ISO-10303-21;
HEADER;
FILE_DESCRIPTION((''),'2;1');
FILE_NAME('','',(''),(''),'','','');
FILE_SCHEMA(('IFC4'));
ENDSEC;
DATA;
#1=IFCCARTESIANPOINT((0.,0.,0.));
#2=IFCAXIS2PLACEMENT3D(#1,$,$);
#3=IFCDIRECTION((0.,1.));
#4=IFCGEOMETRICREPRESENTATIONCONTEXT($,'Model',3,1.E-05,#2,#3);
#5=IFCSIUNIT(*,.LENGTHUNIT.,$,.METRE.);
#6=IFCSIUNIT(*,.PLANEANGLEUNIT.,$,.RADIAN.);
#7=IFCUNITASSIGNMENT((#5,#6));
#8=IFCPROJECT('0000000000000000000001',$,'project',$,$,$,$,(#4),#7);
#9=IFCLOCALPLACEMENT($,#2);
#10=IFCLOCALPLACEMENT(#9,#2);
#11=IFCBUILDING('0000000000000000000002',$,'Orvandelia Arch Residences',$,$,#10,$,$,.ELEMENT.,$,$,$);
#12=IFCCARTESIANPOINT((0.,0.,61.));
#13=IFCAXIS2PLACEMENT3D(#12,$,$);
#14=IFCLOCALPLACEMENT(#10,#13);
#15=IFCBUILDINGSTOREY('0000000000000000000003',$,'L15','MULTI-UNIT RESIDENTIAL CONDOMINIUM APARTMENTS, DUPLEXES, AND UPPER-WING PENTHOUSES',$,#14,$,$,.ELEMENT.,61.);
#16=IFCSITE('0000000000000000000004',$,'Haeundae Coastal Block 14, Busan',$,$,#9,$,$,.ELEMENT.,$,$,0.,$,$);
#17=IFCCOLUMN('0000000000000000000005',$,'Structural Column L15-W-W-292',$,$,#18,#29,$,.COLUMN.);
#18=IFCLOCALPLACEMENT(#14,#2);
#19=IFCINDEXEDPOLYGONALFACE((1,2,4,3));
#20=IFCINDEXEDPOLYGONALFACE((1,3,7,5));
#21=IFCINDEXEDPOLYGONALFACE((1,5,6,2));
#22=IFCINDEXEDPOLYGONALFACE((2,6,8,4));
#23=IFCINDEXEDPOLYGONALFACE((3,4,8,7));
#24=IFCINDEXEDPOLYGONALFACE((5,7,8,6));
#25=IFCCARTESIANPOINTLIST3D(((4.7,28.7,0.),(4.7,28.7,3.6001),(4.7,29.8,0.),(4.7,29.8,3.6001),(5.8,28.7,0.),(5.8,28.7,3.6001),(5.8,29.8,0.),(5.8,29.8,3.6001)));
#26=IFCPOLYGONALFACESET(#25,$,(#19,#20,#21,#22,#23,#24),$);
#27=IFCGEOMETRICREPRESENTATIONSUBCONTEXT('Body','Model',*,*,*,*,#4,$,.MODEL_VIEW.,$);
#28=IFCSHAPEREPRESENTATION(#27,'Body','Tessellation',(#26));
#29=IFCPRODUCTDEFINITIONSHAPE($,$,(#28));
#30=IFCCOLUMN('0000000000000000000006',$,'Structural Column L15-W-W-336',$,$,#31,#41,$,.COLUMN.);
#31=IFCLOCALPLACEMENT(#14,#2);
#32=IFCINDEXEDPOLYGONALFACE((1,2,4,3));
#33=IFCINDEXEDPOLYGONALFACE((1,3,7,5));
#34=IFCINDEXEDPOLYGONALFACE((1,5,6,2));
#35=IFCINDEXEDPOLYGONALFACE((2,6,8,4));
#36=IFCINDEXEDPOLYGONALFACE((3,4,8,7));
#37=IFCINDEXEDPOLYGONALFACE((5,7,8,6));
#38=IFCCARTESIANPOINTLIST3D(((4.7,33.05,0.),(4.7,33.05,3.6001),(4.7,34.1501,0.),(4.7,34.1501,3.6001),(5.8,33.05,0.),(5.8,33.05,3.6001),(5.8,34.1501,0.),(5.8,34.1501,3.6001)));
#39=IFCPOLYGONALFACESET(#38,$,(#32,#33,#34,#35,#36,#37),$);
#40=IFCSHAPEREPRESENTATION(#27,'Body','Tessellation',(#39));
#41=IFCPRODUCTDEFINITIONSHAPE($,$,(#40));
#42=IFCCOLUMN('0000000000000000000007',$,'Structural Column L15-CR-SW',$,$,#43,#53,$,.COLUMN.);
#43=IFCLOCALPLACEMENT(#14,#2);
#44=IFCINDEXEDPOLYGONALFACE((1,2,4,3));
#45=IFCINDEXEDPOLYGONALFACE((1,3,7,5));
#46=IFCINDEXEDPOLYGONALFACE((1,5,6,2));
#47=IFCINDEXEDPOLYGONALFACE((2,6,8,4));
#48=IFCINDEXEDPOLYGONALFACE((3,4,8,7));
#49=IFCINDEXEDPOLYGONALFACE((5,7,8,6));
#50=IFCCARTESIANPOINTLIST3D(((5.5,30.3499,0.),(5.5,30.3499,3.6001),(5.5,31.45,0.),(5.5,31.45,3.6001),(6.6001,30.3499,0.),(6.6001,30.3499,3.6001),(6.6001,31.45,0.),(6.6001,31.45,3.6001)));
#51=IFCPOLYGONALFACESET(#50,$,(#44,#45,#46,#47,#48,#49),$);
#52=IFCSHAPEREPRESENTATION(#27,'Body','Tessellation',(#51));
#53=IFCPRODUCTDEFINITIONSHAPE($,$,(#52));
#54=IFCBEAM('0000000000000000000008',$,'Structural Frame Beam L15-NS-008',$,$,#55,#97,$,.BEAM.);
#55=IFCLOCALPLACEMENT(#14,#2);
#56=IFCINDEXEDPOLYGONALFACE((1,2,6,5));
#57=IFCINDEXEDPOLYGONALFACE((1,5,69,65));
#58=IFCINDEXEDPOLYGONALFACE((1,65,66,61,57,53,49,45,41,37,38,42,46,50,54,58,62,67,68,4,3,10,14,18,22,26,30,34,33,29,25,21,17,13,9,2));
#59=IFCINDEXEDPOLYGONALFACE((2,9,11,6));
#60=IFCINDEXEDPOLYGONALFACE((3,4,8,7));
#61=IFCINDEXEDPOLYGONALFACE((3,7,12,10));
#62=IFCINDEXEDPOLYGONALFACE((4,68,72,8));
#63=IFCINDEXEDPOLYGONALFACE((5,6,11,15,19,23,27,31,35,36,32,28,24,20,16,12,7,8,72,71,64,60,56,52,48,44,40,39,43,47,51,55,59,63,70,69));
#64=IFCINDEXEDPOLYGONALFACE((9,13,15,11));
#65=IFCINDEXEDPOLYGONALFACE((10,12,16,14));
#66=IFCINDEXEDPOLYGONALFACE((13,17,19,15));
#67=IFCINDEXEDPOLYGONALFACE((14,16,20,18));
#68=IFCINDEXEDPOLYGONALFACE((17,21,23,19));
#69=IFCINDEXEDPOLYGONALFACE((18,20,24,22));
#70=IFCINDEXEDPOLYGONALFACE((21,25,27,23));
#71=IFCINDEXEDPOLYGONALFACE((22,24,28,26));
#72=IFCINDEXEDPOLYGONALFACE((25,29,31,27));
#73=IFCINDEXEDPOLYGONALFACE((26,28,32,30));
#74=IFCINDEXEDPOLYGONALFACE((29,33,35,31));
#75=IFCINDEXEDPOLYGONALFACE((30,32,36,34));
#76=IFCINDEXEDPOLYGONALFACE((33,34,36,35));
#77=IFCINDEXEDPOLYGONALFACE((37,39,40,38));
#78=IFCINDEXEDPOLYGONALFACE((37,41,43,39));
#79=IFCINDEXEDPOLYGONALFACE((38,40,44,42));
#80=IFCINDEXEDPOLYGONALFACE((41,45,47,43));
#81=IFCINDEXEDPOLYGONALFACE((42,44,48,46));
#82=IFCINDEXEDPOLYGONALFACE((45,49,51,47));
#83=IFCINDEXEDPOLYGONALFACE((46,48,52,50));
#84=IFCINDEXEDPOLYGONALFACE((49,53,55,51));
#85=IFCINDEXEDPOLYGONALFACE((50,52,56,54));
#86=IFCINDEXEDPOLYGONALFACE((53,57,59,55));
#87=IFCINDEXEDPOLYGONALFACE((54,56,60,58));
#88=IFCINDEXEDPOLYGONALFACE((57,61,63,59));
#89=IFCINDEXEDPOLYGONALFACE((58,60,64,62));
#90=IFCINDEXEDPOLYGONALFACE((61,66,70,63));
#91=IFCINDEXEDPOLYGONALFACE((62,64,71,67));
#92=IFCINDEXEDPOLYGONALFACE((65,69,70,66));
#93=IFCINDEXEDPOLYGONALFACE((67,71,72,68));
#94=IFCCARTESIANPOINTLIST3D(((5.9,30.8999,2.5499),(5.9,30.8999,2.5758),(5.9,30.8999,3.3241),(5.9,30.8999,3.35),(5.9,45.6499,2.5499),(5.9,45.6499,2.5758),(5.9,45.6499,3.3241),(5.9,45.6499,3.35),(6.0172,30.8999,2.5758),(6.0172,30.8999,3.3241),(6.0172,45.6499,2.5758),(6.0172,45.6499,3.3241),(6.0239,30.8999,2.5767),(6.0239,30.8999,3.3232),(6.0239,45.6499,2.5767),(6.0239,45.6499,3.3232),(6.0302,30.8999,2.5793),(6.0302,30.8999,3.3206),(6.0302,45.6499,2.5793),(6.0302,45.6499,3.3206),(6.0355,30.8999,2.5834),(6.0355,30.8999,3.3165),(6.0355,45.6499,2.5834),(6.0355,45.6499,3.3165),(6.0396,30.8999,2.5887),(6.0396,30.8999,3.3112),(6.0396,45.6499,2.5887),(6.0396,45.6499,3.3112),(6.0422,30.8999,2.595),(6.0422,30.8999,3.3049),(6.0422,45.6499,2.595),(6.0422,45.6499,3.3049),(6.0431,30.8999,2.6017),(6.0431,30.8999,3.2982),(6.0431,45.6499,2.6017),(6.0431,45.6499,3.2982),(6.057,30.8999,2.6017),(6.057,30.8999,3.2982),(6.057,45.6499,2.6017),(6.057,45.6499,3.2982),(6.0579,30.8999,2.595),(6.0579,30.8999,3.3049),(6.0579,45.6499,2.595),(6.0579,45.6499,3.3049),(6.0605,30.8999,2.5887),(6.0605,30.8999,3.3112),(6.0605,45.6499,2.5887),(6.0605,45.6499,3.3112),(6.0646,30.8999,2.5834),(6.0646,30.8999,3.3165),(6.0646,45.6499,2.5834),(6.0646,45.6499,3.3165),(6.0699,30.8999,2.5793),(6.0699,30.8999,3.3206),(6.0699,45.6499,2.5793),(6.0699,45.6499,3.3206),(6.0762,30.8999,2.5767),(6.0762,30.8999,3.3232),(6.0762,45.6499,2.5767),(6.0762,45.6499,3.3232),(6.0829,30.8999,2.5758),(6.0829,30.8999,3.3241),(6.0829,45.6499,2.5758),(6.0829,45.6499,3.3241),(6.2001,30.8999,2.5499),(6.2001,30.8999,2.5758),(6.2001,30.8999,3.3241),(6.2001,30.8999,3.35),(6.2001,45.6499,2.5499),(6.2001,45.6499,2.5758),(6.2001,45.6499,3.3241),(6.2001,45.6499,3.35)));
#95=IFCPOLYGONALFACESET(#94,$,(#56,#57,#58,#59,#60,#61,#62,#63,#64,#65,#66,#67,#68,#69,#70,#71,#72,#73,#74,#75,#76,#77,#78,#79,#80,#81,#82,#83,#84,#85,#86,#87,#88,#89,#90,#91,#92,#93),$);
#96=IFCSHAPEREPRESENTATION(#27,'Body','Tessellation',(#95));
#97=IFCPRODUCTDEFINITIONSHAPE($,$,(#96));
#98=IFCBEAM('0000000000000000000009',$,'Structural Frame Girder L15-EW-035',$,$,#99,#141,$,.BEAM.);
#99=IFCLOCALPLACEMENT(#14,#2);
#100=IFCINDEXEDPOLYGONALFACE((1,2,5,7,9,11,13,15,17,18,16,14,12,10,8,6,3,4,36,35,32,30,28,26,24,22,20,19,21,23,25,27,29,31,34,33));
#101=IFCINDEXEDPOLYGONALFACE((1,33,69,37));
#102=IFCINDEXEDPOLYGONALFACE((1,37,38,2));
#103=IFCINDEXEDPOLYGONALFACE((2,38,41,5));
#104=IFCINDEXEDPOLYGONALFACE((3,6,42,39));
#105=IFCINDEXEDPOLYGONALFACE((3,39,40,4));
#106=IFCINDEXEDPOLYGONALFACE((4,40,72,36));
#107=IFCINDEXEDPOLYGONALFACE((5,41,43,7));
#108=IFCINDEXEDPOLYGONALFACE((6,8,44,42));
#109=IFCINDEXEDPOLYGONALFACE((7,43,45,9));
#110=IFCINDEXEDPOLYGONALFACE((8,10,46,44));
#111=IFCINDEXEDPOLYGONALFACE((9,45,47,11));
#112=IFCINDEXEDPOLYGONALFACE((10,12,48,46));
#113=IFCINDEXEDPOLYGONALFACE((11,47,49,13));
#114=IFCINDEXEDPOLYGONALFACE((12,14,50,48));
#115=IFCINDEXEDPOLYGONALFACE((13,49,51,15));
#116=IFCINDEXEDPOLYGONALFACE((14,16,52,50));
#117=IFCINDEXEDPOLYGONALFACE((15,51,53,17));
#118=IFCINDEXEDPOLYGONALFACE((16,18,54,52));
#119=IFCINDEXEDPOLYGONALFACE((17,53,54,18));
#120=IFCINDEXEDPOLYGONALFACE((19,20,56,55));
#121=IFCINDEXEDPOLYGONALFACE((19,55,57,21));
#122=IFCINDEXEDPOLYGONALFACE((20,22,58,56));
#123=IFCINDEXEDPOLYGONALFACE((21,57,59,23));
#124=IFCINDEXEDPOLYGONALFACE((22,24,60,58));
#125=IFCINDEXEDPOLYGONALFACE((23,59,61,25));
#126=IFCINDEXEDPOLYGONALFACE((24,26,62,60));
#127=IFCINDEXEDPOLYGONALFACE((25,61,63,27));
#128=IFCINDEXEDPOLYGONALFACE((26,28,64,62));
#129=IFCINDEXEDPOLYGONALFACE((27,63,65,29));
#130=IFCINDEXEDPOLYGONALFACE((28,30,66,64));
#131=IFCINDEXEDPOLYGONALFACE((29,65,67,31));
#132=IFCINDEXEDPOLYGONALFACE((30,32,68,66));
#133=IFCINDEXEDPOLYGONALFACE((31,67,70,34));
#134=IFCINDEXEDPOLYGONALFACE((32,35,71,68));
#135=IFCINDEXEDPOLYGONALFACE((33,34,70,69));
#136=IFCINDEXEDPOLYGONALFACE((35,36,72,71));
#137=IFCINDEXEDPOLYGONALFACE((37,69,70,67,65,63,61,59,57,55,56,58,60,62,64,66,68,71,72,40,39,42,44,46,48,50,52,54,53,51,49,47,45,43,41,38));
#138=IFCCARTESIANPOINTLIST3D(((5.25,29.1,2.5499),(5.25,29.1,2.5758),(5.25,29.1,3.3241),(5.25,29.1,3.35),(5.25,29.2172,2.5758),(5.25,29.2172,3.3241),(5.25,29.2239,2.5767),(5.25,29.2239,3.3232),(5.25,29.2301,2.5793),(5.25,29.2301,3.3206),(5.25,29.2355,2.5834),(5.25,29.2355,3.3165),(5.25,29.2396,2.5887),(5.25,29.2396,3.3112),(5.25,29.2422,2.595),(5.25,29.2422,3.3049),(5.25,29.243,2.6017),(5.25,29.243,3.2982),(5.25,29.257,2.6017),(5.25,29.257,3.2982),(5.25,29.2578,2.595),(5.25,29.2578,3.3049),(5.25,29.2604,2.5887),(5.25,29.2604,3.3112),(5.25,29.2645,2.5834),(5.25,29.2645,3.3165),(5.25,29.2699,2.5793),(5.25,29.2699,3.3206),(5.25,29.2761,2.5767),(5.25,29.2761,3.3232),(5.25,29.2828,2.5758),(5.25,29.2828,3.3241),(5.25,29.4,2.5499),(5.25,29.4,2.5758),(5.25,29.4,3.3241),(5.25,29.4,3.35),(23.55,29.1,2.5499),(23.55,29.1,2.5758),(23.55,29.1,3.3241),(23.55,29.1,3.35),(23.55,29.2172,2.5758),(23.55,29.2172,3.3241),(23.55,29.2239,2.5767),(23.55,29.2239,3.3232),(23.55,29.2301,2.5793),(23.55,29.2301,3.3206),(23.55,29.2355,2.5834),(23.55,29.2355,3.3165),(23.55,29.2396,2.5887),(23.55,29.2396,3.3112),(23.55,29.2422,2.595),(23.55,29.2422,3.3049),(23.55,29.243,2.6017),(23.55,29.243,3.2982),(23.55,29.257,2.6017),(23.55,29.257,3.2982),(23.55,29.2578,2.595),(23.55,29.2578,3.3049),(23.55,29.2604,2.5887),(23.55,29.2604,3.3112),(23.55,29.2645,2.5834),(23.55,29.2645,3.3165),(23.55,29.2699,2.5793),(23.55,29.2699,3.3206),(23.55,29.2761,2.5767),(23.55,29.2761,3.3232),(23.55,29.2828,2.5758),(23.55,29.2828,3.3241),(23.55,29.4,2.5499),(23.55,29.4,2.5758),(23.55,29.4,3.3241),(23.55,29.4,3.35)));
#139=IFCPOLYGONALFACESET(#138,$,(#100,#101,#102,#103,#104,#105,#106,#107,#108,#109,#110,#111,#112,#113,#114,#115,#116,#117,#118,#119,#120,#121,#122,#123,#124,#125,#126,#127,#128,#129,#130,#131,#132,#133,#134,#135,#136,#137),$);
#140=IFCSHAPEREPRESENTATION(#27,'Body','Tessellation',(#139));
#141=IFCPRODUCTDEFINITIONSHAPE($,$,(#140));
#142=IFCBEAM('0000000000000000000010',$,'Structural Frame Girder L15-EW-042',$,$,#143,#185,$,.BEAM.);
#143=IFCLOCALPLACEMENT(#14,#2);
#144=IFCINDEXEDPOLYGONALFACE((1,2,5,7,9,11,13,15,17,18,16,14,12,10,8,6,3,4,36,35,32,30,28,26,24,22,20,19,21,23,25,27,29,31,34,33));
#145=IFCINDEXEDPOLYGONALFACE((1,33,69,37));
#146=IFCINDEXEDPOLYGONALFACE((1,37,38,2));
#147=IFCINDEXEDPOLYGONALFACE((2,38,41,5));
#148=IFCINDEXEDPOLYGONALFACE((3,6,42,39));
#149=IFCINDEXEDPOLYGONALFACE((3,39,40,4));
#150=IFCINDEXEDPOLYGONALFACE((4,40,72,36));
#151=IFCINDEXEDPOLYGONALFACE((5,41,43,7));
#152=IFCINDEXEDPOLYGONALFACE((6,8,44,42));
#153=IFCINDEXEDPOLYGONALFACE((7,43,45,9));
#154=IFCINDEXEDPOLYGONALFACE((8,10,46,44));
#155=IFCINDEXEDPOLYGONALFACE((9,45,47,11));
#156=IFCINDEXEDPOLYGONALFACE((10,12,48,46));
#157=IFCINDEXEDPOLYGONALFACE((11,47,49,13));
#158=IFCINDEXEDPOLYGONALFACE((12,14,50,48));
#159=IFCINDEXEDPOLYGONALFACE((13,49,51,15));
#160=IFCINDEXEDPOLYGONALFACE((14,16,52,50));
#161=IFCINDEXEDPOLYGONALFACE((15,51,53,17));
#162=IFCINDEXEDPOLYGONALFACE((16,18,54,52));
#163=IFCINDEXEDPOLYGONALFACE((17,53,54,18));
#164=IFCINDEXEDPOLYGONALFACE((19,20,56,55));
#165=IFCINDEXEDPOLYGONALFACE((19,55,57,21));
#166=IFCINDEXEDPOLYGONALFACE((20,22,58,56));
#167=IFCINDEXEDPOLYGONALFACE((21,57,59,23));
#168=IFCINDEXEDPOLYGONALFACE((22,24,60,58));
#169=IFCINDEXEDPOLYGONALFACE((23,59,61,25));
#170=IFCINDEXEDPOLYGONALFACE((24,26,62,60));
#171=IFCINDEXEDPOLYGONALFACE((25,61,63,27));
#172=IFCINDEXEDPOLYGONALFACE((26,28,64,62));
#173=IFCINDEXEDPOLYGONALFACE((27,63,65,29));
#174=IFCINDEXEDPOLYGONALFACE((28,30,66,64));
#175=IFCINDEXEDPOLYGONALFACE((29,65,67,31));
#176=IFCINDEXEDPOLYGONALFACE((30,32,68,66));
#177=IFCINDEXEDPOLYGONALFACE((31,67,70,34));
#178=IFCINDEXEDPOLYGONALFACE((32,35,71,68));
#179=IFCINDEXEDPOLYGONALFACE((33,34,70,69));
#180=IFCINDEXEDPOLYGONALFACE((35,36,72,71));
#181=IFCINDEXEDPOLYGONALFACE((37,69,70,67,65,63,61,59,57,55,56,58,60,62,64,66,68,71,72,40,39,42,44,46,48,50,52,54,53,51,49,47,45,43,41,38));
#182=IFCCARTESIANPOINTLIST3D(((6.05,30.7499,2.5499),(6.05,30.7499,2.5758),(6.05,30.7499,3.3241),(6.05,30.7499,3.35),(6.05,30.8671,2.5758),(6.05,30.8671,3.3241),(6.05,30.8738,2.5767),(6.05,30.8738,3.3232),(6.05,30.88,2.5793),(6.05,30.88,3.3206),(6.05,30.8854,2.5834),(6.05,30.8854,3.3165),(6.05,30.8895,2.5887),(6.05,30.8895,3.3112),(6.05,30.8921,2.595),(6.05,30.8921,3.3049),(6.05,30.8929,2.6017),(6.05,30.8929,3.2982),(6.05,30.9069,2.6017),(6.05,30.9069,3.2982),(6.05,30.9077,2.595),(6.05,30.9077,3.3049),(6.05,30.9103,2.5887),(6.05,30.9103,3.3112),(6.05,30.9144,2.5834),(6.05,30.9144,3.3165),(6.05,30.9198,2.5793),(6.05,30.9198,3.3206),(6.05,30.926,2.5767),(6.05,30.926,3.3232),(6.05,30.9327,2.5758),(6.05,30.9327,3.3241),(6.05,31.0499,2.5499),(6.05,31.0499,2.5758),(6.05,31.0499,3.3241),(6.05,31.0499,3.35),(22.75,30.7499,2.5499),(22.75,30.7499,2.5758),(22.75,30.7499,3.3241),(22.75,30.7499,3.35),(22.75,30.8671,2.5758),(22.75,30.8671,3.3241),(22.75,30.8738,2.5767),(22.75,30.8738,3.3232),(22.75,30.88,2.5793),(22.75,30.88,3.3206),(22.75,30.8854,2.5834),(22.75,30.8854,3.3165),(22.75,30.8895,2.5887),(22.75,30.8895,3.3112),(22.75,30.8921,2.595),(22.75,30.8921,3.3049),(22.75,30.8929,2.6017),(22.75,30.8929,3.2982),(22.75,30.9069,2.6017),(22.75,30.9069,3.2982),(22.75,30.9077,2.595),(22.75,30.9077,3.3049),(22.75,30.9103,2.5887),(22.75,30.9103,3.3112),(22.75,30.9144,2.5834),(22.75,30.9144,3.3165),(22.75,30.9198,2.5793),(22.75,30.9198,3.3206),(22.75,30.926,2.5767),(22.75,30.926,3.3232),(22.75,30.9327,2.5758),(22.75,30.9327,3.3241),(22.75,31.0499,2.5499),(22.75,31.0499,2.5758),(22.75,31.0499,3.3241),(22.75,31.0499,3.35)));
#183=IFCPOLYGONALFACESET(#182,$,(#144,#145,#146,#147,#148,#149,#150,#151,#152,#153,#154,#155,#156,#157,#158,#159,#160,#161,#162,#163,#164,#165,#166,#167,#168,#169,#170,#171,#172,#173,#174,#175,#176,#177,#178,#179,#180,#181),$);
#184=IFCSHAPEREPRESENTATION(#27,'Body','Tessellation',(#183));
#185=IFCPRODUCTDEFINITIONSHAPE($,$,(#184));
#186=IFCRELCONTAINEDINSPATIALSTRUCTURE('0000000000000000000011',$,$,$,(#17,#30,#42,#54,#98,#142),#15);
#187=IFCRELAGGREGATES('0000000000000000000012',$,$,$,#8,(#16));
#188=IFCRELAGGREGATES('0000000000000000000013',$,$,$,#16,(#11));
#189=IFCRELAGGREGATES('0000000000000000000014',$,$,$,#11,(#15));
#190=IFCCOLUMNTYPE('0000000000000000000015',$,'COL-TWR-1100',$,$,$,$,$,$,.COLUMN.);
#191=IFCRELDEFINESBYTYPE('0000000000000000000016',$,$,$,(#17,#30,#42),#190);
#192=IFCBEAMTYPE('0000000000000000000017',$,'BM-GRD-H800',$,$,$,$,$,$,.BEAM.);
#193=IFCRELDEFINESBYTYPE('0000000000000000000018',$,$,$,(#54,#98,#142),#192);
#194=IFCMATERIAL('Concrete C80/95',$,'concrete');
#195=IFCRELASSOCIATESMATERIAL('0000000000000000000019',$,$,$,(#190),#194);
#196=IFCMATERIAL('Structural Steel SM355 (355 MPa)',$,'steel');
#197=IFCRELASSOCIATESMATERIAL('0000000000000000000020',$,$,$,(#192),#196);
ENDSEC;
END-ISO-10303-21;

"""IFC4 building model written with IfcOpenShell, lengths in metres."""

from ifc_helpers import new_model, si_unit, direction, frame, origin, origin_2d, place, context, subcontext, project, spatial, rectangle, i_section, extrude, material, material_profile, profile_set, type_object, element, save


model = new_model("IFC4")

# Units and contexts
model_context = context("Model", 3, precision=1e-05, world=origin(), true_north=direction((0.0, 1.0)))
body_context = subcontext(model_context, "Body", "Model", "MODEL_VIEW")
ifc_project = project(units=[si_unit("LENGTHUNIT", "METRE"), si_unit("PLANEANGLEUNIT", "RADIAN")], contexts=[model_context])

# Site, building, storey
site_placement = place(None, origin())
site = spatial("IfcSite", under=ifc_project, at=site_placement, Name="Haeundae Coastal Block 14, Busan", CompositionType="ELEMENT", RefElevation=0.0)
building_placement = place(site_placement, origin())
building = spatial("IfcBuilding", under=site, at=building_placement, Name="Orvandelia Arch Residences", CompositionType="ELEMENT")
storey_placement = place(building_placement, frame((0.0, 0.0, 61.0)))
storey = spatial("IfcBuildingStorey", under=building, at=storey_placement, Name="L15", Description="MULTI-UNIT RESIDENTIAL CONDOMINIUM APARTMENTS, DUPLEXES, AND UPPER-WING PENTHOUSES", CompositionType="ELEMENT", Elevation=61.0)

# Columns
ifc_material_1 = material(Name="Concrete C80/95", Category="concrete")
ifc_material_profile_1 = material_profile(ifc_material_1, rectangle(XDim=1.1001, YDim=1.1001, at=origin_2d()), Name="Concrete C80/95", Category="concrete")
ifc_profile_set_1 = profile_set([ifc_material_profile_1], Name="Concrete C80/95")
column_type = type_object("IfcColumnType", Name="COL-TWR-1100", PredefinedType="COLUMN", material=ifc_profile_set_1)
for number, where, z_axis, x_axis, name in (
    (1, (5.25, 29.25, 0.0), (0.0, 0.0, 1.0), (1.0, 0.0, 0.0), "Structural Column L15-W-W-292"),
    (2, (5.25, 33.6001, 0.0), (0.0, 0.0, 1.0), (1.0, 0.0, 0.0), "Structural Column L15-W-W-336"),
    (3, (6.05, 30.8999, 0.0), (0.0, 0.0, 1.0), (1.0, 0.0, 0.0), "Structural Column L15-CR-SW"),
):
    element("IfcColumn", number, at=place(storey_placement, frame(where, z_axis=z_axis, x_axis=x_axis)), inside=storey, type_object=column_type, Name=name, PredefinedType="COLUMN", context=body_context, shape_type="SweptSolid", body=[
        extrude(rectangle(XDim=1.1001, YDim=1.1001, at=origin_2d()), origin(), (0.0, 0.0, 1.0), 3.6001),
    ])

# Beams
ifc_material_2 = material(Name="Structural Steel SM355 (355 MPa)", Category="steel")
ifc_material_profile_2 = material_profile(ifc_material_2, i_section(OverallWidth=0.3, OverallDepth=0.8, WebThickness=0.0139, FlangeThickness=0.0259, FilletRadius=0.0259, at=origin_2d()), Name="Structural Steel SM355 (355 MPa)", Category="steel")
ifc_profile_set_2 = profile_set([ifc_material_profile_2], Name="Structural Steel SM355 (355 MPa)")
beam_type_1 = type_object("IfcBeamType", Name="BM-GRD-H800", PredefinedType="BEAM", material=ifc_profile_set_2)
beam_1_placement = place(storey_placement, frame((6.05, 30.8999, 2.95), z_axis=(0.0, 1.0, 0.0), x_axis=(-1.0, 0.0, 0.0)))
element("IfcBeam", 4, at=beam_1_placement, inside=storey, type_object=beam_type_1, Name="Structural Frame Beam L15-NS-008", PredefinedType="BEAM", context=body_context, shape_type="SweptSolid", body=[
    extrude(i_section(OverallWidth=0.3, OverallDepth=0.8, WebThickness=0.0139, FlangeThickness=0.0259, FilletRadius=0.0259, at=origin_2d()), origin(), (0.0, 0.0, 1.0), 14.75),
])
beam_2_placement = place(storey_placement, frame((5.25, 29.25, 2.95), z_axis=(1.0, 0.0, 0.0), x_axis=(0.0, 1.0, 0.0)))
element("IfcBeam", 5, at=beam_2_placement, inside=storey, type_object=beam_type_1, Name="Structural Frame Girder L15-EW-035", PredefinedType="BEAM", context=body_context, shape_type="SweptSolid", body=[
    extrude(i_section(OverallWidth=0.3, OverallDepth=0.8, WebThickness=0.0139, FlangeThickness=0.0259, FilletRadius=0.0259, at=origin_2d()), origin(), (0.0, 0.0, 1.0), 18.3),
])
beam_3_placement = place(storey_placement, frame((6.05, 30.8999, 2.95), z_axis=(1.0, 0.0, 0.0), x_axis=(0.0, 1.0, 0.0)))
element("IfcBeam", 6, at=beam_3_placement, inside=storey, type_object=beam_type_1, Name="Structural Frame Girder L15-EW-042", PredefinedType="BEAM", context=body_context, shape_type="SweptSolid", body=[
    extrude(i_section(OverallWidth=0.3, OverallDepth=0.8, WebThickness=0.0139, FlangeThickness=0.0259, FilletRadius=0.0259, at=origin_2d()), origin(), (0.0, 0.0, 1.0), 16.7),
])

save(model, "model.ifc")
